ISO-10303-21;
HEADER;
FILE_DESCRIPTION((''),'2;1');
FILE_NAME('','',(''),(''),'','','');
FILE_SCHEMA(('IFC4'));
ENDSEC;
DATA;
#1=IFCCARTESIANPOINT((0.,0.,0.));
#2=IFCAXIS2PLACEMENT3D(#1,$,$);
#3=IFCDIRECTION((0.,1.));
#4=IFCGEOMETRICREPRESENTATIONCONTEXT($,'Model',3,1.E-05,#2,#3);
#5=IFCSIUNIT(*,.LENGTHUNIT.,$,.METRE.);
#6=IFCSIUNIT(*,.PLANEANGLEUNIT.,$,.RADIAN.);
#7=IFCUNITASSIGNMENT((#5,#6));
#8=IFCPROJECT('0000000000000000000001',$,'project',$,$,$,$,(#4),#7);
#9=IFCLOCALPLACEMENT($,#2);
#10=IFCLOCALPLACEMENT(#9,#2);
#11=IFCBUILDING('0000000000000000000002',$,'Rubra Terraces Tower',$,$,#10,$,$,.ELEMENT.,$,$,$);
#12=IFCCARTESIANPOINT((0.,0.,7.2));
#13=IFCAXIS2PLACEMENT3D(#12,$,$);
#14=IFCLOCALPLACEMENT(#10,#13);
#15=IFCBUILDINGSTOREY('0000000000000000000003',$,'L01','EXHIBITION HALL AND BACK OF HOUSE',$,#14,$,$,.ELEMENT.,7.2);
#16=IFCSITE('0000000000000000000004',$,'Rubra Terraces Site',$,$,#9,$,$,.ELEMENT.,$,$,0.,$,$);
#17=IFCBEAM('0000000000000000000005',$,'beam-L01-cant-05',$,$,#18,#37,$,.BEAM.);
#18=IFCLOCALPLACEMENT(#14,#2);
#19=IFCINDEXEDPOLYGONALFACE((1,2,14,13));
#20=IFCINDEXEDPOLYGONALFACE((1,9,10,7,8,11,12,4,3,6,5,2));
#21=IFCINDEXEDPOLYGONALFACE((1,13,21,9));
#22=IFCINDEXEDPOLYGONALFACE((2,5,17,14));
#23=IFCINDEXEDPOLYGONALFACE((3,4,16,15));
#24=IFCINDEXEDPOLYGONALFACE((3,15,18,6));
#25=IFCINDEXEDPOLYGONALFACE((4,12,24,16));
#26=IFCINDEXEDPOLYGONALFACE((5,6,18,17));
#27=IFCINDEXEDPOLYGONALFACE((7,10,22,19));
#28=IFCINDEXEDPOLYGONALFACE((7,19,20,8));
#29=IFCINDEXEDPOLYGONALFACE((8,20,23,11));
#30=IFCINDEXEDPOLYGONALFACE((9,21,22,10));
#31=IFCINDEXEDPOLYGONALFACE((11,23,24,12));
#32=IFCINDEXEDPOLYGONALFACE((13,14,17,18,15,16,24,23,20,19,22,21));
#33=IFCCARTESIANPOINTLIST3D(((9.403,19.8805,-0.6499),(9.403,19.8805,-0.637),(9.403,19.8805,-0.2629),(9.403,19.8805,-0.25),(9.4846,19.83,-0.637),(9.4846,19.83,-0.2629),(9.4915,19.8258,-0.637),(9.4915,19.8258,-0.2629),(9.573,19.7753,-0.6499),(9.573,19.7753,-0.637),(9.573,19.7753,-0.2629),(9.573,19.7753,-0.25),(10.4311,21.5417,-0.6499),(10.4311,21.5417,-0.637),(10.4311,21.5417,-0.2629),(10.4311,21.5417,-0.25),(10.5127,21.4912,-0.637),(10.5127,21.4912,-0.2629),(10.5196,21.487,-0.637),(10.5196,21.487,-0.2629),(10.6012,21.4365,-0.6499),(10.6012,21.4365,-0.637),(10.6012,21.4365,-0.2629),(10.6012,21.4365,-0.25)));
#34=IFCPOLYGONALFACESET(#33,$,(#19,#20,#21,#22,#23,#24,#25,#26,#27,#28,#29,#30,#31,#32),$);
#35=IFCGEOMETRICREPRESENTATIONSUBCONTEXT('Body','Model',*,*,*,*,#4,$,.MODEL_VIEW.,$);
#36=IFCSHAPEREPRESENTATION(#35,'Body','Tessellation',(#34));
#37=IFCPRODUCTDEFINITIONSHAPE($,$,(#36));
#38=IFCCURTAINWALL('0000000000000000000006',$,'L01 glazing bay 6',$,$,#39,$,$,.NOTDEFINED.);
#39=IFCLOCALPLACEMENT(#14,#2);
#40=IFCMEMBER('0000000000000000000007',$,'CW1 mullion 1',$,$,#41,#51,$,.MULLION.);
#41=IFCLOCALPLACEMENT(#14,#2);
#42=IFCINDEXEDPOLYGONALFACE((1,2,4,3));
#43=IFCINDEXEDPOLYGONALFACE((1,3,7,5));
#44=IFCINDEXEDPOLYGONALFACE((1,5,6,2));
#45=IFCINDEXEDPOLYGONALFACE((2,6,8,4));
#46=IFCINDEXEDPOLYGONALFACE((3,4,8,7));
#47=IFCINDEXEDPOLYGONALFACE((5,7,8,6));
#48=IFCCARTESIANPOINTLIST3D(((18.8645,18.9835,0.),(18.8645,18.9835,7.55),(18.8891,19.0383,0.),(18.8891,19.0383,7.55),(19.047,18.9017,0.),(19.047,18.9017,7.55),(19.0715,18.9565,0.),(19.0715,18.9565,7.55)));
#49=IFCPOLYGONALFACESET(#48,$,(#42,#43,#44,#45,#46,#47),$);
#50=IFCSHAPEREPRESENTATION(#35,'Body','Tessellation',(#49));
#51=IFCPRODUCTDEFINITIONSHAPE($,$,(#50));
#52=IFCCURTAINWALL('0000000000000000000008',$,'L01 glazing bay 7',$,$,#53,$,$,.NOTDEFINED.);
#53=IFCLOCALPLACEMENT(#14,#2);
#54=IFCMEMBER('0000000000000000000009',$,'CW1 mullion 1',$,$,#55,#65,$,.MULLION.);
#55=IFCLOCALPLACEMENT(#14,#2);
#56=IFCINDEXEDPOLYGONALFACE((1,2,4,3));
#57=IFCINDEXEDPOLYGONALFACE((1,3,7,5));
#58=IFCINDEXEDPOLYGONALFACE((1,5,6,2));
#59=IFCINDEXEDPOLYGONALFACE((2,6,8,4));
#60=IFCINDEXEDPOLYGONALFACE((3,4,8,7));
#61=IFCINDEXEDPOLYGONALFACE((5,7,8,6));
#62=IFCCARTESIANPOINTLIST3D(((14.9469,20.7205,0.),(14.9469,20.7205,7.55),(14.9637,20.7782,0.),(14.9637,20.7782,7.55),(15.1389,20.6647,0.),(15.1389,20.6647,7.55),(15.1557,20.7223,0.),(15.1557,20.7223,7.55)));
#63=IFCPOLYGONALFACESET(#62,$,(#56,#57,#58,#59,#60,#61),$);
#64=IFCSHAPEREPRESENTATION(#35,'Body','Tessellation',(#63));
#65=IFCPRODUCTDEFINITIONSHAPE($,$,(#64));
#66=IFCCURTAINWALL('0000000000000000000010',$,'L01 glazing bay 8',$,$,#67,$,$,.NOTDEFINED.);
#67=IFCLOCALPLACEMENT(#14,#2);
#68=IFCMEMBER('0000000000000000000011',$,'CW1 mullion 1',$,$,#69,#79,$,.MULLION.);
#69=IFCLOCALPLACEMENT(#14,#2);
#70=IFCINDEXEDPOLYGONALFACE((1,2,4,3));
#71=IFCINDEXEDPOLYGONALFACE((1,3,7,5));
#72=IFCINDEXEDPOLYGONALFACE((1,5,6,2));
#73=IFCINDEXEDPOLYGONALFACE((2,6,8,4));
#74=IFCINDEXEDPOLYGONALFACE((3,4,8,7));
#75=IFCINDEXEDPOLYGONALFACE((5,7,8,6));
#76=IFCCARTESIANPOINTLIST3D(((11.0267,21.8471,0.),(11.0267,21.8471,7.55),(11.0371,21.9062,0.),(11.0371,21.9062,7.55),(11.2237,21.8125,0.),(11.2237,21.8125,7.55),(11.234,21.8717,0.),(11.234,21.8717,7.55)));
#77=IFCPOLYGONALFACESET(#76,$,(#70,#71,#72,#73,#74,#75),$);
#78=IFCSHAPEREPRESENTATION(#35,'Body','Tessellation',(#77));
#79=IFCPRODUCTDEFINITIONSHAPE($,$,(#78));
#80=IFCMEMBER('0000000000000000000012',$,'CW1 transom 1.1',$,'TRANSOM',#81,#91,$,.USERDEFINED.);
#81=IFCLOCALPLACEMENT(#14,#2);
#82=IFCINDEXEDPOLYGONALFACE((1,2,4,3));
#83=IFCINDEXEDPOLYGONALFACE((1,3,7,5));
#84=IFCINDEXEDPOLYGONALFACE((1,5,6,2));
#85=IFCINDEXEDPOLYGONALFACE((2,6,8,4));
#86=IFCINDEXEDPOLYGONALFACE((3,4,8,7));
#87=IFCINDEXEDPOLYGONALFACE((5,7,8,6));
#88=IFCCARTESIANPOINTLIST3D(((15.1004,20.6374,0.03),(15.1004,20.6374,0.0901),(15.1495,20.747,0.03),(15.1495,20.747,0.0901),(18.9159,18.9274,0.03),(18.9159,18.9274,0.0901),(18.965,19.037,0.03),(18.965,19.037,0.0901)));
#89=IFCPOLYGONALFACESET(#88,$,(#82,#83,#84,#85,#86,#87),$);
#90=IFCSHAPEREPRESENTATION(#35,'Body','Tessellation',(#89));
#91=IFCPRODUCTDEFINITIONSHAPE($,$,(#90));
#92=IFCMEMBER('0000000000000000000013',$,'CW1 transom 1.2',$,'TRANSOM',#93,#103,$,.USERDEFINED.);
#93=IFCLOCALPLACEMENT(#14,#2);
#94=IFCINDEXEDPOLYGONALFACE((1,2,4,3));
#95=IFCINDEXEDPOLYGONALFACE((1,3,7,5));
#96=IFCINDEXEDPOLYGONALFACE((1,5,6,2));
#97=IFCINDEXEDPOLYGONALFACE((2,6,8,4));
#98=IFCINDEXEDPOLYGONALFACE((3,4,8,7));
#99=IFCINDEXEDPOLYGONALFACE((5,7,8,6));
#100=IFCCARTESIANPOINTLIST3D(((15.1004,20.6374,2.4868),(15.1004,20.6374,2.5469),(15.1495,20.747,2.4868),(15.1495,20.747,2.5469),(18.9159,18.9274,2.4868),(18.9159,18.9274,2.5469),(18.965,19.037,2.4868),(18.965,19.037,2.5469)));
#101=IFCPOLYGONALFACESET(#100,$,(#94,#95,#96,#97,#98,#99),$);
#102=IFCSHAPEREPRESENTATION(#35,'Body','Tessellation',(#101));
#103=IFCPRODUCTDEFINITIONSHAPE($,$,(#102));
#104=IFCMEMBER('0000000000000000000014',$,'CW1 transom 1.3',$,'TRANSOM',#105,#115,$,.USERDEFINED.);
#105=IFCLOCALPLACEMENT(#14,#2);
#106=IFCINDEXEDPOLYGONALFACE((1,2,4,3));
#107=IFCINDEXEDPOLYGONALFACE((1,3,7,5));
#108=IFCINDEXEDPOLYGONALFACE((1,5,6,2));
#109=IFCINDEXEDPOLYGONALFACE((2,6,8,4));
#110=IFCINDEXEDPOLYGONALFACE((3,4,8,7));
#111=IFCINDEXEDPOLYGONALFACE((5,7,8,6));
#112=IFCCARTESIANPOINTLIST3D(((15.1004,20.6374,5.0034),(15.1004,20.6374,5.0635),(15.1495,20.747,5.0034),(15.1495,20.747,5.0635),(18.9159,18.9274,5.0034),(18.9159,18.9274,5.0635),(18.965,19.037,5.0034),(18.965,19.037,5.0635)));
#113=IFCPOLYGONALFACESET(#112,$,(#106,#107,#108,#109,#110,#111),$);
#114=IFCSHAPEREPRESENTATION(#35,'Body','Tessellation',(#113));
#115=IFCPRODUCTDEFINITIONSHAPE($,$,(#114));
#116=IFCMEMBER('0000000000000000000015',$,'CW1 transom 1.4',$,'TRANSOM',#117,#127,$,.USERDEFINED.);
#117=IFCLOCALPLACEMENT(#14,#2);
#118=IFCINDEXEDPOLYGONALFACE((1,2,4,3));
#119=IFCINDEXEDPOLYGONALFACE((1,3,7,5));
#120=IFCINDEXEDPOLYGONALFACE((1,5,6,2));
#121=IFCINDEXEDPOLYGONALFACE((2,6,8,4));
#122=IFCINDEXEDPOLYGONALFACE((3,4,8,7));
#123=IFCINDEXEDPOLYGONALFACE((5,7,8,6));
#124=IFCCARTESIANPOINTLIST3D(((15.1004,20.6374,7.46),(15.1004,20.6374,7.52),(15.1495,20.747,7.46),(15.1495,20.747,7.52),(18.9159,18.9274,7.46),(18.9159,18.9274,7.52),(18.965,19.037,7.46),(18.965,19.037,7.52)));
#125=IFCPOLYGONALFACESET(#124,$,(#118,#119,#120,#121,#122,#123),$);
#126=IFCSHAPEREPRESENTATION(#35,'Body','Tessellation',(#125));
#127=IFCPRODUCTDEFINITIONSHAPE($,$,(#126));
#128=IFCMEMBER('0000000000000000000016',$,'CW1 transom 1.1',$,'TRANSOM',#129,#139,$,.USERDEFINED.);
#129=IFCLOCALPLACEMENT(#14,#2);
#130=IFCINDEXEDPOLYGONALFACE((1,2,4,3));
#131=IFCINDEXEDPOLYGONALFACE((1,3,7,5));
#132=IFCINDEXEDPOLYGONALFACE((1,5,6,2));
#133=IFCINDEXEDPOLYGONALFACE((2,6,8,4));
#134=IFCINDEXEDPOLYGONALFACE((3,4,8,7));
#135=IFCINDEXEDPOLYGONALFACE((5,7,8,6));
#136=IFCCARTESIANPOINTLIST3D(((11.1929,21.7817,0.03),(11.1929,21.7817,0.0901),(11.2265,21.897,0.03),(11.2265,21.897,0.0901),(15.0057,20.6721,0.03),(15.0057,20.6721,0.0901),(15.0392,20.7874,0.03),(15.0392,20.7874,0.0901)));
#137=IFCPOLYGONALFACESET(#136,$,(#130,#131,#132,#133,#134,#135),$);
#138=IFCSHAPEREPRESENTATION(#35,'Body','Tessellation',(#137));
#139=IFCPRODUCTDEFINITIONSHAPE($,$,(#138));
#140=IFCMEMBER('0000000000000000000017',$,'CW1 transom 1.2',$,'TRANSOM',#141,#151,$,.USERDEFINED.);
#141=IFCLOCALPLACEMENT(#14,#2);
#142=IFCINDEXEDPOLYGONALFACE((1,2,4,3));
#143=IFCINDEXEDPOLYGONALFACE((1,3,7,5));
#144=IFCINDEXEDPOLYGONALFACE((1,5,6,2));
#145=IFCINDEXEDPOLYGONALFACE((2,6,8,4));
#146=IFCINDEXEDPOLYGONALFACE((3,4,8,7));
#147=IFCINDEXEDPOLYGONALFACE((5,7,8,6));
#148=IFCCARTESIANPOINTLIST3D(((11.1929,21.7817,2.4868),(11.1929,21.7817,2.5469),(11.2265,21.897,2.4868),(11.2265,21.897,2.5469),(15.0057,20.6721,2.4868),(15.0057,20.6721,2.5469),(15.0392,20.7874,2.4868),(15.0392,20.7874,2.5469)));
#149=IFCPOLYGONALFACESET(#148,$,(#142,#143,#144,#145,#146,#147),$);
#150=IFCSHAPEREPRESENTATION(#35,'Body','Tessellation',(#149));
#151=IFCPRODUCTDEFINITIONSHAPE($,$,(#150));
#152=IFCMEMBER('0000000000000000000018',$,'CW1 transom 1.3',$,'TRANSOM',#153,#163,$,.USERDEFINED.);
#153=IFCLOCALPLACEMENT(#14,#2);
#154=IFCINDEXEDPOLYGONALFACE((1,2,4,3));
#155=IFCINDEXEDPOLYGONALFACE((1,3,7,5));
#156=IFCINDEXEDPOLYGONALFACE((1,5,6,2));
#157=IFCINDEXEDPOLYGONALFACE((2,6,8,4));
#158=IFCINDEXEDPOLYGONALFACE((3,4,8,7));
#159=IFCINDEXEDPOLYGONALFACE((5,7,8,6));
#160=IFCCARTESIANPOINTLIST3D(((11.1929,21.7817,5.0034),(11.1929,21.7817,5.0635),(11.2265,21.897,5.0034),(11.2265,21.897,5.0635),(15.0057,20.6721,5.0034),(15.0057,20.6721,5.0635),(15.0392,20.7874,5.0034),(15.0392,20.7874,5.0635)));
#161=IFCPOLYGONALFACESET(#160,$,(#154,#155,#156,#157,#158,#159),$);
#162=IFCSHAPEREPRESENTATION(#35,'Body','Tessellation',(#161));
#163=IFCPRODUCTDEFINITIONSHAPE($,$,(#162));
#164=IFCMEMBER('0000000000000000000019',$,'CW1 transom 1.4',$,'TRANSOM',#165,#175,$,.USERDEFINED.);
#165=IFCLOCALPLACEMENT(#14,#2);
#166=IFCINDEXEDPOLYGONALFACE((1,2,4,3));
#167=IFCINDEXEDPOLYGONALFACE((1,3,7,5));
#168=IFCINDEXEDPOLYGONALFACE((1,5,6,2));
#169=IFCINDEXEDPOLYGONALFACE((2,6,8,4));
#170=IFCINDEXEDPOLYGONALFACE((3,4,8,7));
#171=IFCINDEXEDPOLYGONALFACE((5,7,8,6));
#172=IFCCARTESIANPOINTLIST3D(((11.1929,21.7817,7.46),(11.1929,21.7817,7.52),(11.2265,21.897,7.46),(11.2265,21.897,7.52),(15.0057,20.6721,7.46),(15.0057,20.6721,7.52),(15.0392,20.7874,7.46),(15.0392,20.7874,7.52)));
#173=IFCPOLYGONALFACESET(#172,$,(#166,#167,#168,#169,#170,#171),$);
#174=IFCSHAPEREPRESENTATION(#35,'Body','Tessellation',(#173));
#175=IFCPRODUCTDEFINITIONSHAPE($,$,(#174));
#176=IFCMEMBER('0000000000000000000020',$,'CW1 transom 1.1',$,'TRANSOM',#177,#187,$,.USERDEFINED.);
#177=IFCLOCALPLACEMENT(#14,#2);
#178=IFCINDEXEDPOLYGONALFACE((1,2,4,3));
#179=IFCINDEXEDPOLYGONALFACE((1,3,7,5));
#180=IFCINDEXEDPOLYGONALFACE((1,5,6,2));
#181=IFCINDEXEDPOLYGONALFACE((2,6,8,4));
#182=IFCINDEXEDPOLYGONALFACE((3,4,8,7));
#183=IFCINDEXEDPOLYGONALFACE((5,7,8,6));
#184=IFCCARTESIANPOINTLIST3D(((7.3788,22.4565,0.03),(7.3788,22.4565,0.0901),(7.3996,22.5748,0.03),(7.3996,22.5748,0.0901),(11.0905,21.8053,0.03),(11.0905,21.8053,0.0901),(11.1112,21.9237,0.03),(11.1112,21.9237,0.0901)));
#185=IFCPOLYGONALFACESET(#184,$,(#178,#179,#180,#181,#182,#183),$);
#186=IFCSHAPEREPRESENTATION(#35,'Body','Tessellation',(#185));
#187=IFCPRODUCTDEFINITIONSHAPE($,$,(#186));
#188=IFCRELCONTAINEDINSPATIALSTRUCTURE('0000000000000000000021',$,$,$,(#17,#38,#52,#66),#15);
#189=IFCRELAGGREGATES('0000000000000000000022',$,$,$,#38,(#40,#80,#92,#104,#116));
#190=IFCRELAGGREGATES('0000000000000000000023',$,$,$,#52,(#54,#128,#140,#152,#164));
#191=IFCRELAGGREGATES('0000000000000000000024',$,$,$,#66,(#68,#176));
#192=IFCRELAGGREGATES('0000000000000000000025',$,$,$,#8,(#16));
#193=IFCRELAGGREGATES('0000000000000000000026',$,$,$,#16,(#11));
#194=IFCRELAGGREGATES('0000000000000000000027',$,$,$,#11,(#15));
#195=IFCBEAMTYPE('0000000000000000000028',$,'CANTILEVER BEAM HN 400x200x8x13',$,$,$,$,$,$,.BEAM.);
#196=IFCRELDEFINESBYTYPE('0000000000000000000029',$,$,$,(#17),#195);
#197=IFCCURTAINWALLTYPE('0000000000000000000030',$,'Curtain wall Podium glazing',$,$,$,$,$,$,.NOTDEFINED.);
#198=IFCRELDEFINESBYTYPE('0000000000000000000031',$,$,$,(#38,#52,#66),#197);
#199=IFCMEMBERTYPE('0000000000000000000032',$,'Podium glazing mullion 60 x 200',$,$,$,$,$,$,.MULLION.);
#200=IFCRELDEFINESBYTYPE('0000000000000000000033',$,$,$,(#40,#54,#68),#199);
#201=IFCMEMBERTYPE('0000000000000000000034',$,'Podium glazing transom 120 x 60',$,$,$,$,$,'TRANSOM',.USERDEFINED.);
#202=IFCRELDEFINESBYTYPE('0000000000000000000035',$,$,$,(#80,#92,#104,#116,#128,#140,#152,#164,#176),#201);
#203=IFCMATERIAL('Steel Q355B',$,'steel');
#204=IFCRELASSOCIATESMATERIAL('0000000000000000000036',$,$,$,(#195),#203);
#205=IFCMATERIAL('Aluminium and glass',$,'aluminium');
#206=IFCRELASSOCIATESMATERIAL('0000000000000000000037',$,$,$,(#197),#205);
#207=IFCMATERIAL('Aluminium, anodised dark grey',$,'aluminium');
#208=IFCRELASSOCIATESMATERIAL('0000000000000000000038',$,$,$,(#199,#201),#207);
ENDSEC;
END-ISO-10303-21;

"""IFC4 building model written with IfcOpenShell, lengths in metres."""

from ifc_helpers import new_model, si_unit, direction, frame, origin, origin_2d, place, context, subcontext, project, spatial, rectangle, i_section, extrude, material, material_profile, profile_set, type_object, element, aggregate, save


model = new_model("IFC4")

# Units and contexts
model_context = context("Model", 3, precision=1e-05, world=origin(), true_north=direction((0.0, 1.0)))
body_context = subcontext(model_context, "Body", "Model", "MODEL_VIEW")
ifc_project = project(units=[si_unit("LENGTHUNIT", "METRE"), si_unit("PLANEANGLEUNIT", "RADIAN")], contexts=[model_context])

# Site, building, storey
site_placement = place(None, origin())
site = spatial("IfcSite", under=ifc_project, at=site_placement, Name="Rubra Terraces Site", CompositionType="ELEMENT", RefElevation=0.0)
building_placement = place(site_placement, origin())
building = spatial("IfcBuilding", under=site, at=building_placement, Name="Rubra Terraces Tower", CompositionType="ELEMENT")
storey_placement = place(building_placement, frame((0.0, 0.0, 7.2)))
storey = spatial("IfcBuildingStorey", under=building, at=storey_placement, Name="L01", Description="EXHIBITION HALL AND BACK OF HOUSE", CompositionType="ELEMENT", Elevation=7.2)

# Beam
ifc_material_1 = material(Name="Steel Q355B", Category="steel")
ifc_material_profile_1 = material_profile(ifc_material_1, i_section(OverallWidth=0.2, OverallDepth=0.3999, WebThickness=0.0081, FlangeThickness=0.0129, at=origin_2d()), Name="HN 400x200x8x13")
ifc_profile_set_1 = profile_set([ifc_material_profile_1], Name="Steel Q355B")
beam_type = type_object("IfcBeamType", Name="CANTILEVER BEAM HN 400x200x8x13", PredefinedType="BEAM", material=ifc_profile_set_1)
beam_placement = place(storey_placement, frame((9.488, 19.8279, -0.45), z_axis=(0.526264, 0.850321, 0.0), x_axis=(-0.850321, 0.526264, 0.0)))
element("IfcBeam", 1, at=beam_placement, inside=storey, type_object=beam_type, Name="beam-L01-cant-05", PredefinedType="BEAM", context=body_context, shape_type="SweptSolid", body=[
    extrude(i_section(OverallWidth=0.2, OverallDepth=0.3999, WebThickness=0.0081, FlangeThickness=0.0129, at=origin_2d()), origin(), (0.0, 0.0, 1.0), 1.9536),
])

# Curtain walls, members
ifc_material_2 = material(Name="Aluminium and glass", Category="aluminium")
curtain_wall_type = type_object("IfcCurtainWallType", Name="Curtain wall Podium glazing", PredefinedType="NOTDEFINED", material=ifc_material_2)
curtain_wall_1_placement = place(storey_placement, origin())
curtain_wall_1 = element("IfcCurtainWall", 2, at=curtain_wall_1_placement, inside=storey, type_object=curtain_wall_type, Name="L01 glazing bay 6", PredefinedType="NOTDEFINED")
ifc_material_3 = material(Name="Aluminium, anodised dark grey", Category="aluminium")
ifc_material_profile_2 = material_profile(ifc_material_3, rectangle(XDim=0.0601, YDim=0.2, at=origin_2d()), Name="AL 60x200")
ifc_profile_set_2 = profile_set([ifc_material_profile_2], Name="Aluminium, anodised dark grey")
member_type_1 = type_object("IfcMemberType", Name="Podium glazing mullion 60 x 200", PredefinedType="MULLION", material=ifc_profile_set_2)
member_1_placement = place(storey_placement, frame((18.968, 18.97, 0.0), z_axis=(0.0, 0.0, 1.0), x_axis=(-0.408962, -0.912551, 0.0)))
member_1 = element("IfcMember", 3, at=member_1_placement, type_object=member_type_1, Name="CW1 mullion 1", PredefinedType="MULLION", context=body_context, shape_type="SweptSolid", body=[
    extrude(rectangle(XDim=0.0601, YDim=0.2, at=origin_2d()), origin(), (0.0, 0.0, 1.0), 7.55),
])
curtain_wall_2_placement = place(storey_placement, origin())
curtain_wall_2 = element("IfcCurtainWall", 4, at=curtain_wall_2_placement, inside=storey, type_object=curtain_wall_type, Name="L01 glazing bay 7", PredefinedType="NOTDEFINED")
member_2_placement = place(storey_placement, frame((15.0513, 20.7214, 0.0), z_axis=(0.0, 0.0, 1.0), x_axis=(-0.279399, -0.960175, 0.0)))
member_2 = element("IfcMember", 5, at=member_2_placement, type_object=member_type_1, Name="CW1 mullion 1", PredefinedType="MULLION", context=body_context, shape_type="SweptSolid", body=[
    extrude(rectangle(XDim=0.0601, YDim=0.2, at=origin_2d()), origin(), (0.0, 0.0, 1.0), 7.55),
])
curtain_wall_3_placement = place(storey_placement, origin())
curtain_wall_3 = element("IfcCurtainWall", 6, at=curtain_wall_3_placement, inside=storey, type_object=curtain_wall_type, Name="L01 glazing bay 8", PredefinedType="NOTDEFINED")
member_3_placement = place(storey_placement, frame((11.1304, 21.8594, 0.0), z_axis=(0.0, 0.0, 1.0), x_axis=(-0.172817, -0.984954, 0.0)))
member_3 = element("IfcMember", 7, at=member_3_placement, type_object=member_type_1, Name="CW1 mullion 1", PredefinedType="MULLION", context=body_context, shape_type="SweptSolid", body=[
    extrude(rectangle(XDim=0.0601, YDim=0.2, at=origin_2d()), origin(), (0.0, 0.0, 1.0), 7.55),
])

# Members
ifc_material_profile_3 = material_profile(ifc_material_3, rectangle(XDim=0.1201, YDim=0.0601, at=origin_2d()), Name="AL 120x60")
ifc_profile_set_3 = profile_set([ifc_material_profile_3], Name="Aluminium, anodised dark grey")
member_type_2 = type_object("IfcMemberType", Name="Podium glazing transom 120 x 60", ElementType="TRANSOM", PredefinedType="USERDEFINED", material=ifc_profile_set_3)
member_4_placement = place(storey_placement, frame((18.9404, 18.9822, 0.0601), z_axis=(-0.912545, 0.408975, 0.0), x_axis=(-0.408975, -0.912545, 0.0)))
member_4 = element("IfcMember", 8, at=member_4_placement, type_object=member_type_2, Name="CW1 transom 1.1", ObjectType="TRANSOM", PredefinedType="USERDEFINED", context=body_context, shape_type="SweptSolid", body=[
    extrude(rectangle(XDim=0.1201, YDim=0.0601, at=origin_2d()), origin(), (0.0, 0.0, 1.0), 4.1812),
])
member_5_placement = place(storey_placement, frame((18.9404, 18.9822, 2.5168), z_axis=(-0.912545, 0.408975, 0.0), x_axis=(-0.408975, -0.912545, 0.0)))
member_5 = element("IfcMember", 9, at=member_5_placement, type_object=member_type_2, Name="CW1 transom 1.2", ObjectType="TRANSOM", PredefinedType="USERDEFINED", context=body_context, shape_type="SweptSolid", body=[
    extrude(rectangle(XDim=0.1201, YDim=0.0601, at=origin_2d()), origin(), (0.0, 0.0, 1.0), 4.1812),
])
member_6_placement = place(storey_placement, frame((18.9404, 18.9822, 5.0334), z_axis=(-0.912545, 0.408975, 0.0), x_axis=(-0.408975, -0.912545, 0.0)))
member_6 = element("IfcMember", 10, at=member_6_placement, type_object=member_type_2, Name="CW1 transom 1.3", ObjectType="TRANSOM", PredefinedType="USERDEFINED", context=body_context, shape_type="SweptSolid", body=[
    extrude(rectangle(XDim=0.1201, YDim=0.0601, at=origin_2d()), origin(), (0.0, 0.0, 1.0), 4.1812),
])
member_7_placement = place(storey_placement, frame((18.9404, 18.9822, 7.49), z_axis=(-0.912545, 0.408975, 0.0), x_axis=(-0.408975, -0.912545, 0.0)))
member_7 = element("IfcMember", 11, at=member_7_placement, type_object=member_type_2, Name="CW1 transom 1.4", ObjectType="TRANSOM", PredefinedType="USERDEFINED", context=body_context, shape_type="SweptSolid", body=[
    extrude(rectangle(XDim=0.1201, YDim=0.0601, at=origin_2d()), origin(), (0.0, 0.0, 1.0), 4.1812),
])
member_8_placement = place(storey_placement, frame((15.0225, 20.7297, 0.0601), z_axis=(-0.960164, 0.279436, 0.0), x_axis=(-0.279436, -0.960164, 0.0)))
member_8 = element("IfcMember", 12, at=member_8_placement, type_object=member_type_2, Name="CW1 transom 1.1", ObjectType="TRANSOM", PredefinedType="USERDEFINED", context=body_context, shape_type="SweptSolid", body=[
    extrude(rectangle(XDim=0.1201, YDim=0.0601, at=origin_2d()), origin(), (0.0, 0.0, 1.0), 3.9709),
])
member_9_placement = place(storey_placement, frame((15.0225, 20.7297, 2.5168), z_axis=(-0.960164, 0.279436, 0.0), x_axis=(-0.279436, -0.960164, 0.0)))
member_9 = element("IfcMember", 13, at=member_9_placement, type_object=member_type_2, Name="CW1 transom 1.2", ObjectType="TRANSOM", PredefinedType="USERDEFINED", context=body_context, shape_type="SweptSolid", body=[
    extrude(rectangle(XDim=0.1201, YDim=0.0601, at=origin_2d()), origin(), (0.0, 0.0, 1.0), 3.9709),
])
member_10_placement = place(storey_placement, frame((15.0225, 20.7297, 5.0334), z_axis=(-0.960164, 0.279436, 0.0), x_axis=(-0.279436, -0.960164, 0.0)))
member_10 = element("IfcMember", 14, at=member_10_placement, type_object=member_type_2, Name="CW1 transom 1.3", ObjectType="TRANSOM", PredefinedType="USERDEFINED", context=body_context, shape_type="SweptSolid", body=[
    extrude(rectangle(XDim=0.1201, YDim=0.0601, at=origin_2d()), origin(), (0.0, 0.0, 1.0), 3.9709),
])
member_11_placement = place(storey_placement, frame((15.0225, 20.7297, 7.49), z_axis=(-0.960164, 0.279436, 0.0), x_axis=(-0.279436, -0.960164, 0.0)))
member_11 = element("IfcMember", 15, at=member_11_placement, type_object=member_type_2, Name="CW1 transom 1.4", ObjectType="TRANSOM", PredefinedType="USERDEFINED", context=body_context, shape_type="SweptSolid", body=[
    extrude(rectangle(XDim=0.1201, YDim=0.0601, at=origin_2d()), origin(), (0.0, 0.0, 1.0), 3.9709),
])
member_12_placement = place(storey_placement, frame((11.1008, 21.8645, 0.0601), z_axis=(-0.984959, 0.172787, 0.0), x_axis=(-0.172787, -0.984959, 0.0)))
member_12 = element("IfcMember", 16, at=member_12_placement, type_object=member_type_2, Name="CW1 transom 1.1", ObjectType="TRANSOM", PredefinedType="USERDEFINED", context=body_context, shape_type="SweptSolid", body=[
    extrude(rectangle(XDim=0.1201, YDim=0.0601, at=origin_2d()), origin(), (0.0, 0.0, 1.0), 3.7683),
])

aggregate(curtain_wall_1, [member_1, member_4, member_5, member_6, member_7])
aggregate(curtain_wall_2, [member_2, member_8, member_9, member_10, member_11])
aggregate(curtain_wall_3, [member_3, member_12])

save(model, "model.ifc")
